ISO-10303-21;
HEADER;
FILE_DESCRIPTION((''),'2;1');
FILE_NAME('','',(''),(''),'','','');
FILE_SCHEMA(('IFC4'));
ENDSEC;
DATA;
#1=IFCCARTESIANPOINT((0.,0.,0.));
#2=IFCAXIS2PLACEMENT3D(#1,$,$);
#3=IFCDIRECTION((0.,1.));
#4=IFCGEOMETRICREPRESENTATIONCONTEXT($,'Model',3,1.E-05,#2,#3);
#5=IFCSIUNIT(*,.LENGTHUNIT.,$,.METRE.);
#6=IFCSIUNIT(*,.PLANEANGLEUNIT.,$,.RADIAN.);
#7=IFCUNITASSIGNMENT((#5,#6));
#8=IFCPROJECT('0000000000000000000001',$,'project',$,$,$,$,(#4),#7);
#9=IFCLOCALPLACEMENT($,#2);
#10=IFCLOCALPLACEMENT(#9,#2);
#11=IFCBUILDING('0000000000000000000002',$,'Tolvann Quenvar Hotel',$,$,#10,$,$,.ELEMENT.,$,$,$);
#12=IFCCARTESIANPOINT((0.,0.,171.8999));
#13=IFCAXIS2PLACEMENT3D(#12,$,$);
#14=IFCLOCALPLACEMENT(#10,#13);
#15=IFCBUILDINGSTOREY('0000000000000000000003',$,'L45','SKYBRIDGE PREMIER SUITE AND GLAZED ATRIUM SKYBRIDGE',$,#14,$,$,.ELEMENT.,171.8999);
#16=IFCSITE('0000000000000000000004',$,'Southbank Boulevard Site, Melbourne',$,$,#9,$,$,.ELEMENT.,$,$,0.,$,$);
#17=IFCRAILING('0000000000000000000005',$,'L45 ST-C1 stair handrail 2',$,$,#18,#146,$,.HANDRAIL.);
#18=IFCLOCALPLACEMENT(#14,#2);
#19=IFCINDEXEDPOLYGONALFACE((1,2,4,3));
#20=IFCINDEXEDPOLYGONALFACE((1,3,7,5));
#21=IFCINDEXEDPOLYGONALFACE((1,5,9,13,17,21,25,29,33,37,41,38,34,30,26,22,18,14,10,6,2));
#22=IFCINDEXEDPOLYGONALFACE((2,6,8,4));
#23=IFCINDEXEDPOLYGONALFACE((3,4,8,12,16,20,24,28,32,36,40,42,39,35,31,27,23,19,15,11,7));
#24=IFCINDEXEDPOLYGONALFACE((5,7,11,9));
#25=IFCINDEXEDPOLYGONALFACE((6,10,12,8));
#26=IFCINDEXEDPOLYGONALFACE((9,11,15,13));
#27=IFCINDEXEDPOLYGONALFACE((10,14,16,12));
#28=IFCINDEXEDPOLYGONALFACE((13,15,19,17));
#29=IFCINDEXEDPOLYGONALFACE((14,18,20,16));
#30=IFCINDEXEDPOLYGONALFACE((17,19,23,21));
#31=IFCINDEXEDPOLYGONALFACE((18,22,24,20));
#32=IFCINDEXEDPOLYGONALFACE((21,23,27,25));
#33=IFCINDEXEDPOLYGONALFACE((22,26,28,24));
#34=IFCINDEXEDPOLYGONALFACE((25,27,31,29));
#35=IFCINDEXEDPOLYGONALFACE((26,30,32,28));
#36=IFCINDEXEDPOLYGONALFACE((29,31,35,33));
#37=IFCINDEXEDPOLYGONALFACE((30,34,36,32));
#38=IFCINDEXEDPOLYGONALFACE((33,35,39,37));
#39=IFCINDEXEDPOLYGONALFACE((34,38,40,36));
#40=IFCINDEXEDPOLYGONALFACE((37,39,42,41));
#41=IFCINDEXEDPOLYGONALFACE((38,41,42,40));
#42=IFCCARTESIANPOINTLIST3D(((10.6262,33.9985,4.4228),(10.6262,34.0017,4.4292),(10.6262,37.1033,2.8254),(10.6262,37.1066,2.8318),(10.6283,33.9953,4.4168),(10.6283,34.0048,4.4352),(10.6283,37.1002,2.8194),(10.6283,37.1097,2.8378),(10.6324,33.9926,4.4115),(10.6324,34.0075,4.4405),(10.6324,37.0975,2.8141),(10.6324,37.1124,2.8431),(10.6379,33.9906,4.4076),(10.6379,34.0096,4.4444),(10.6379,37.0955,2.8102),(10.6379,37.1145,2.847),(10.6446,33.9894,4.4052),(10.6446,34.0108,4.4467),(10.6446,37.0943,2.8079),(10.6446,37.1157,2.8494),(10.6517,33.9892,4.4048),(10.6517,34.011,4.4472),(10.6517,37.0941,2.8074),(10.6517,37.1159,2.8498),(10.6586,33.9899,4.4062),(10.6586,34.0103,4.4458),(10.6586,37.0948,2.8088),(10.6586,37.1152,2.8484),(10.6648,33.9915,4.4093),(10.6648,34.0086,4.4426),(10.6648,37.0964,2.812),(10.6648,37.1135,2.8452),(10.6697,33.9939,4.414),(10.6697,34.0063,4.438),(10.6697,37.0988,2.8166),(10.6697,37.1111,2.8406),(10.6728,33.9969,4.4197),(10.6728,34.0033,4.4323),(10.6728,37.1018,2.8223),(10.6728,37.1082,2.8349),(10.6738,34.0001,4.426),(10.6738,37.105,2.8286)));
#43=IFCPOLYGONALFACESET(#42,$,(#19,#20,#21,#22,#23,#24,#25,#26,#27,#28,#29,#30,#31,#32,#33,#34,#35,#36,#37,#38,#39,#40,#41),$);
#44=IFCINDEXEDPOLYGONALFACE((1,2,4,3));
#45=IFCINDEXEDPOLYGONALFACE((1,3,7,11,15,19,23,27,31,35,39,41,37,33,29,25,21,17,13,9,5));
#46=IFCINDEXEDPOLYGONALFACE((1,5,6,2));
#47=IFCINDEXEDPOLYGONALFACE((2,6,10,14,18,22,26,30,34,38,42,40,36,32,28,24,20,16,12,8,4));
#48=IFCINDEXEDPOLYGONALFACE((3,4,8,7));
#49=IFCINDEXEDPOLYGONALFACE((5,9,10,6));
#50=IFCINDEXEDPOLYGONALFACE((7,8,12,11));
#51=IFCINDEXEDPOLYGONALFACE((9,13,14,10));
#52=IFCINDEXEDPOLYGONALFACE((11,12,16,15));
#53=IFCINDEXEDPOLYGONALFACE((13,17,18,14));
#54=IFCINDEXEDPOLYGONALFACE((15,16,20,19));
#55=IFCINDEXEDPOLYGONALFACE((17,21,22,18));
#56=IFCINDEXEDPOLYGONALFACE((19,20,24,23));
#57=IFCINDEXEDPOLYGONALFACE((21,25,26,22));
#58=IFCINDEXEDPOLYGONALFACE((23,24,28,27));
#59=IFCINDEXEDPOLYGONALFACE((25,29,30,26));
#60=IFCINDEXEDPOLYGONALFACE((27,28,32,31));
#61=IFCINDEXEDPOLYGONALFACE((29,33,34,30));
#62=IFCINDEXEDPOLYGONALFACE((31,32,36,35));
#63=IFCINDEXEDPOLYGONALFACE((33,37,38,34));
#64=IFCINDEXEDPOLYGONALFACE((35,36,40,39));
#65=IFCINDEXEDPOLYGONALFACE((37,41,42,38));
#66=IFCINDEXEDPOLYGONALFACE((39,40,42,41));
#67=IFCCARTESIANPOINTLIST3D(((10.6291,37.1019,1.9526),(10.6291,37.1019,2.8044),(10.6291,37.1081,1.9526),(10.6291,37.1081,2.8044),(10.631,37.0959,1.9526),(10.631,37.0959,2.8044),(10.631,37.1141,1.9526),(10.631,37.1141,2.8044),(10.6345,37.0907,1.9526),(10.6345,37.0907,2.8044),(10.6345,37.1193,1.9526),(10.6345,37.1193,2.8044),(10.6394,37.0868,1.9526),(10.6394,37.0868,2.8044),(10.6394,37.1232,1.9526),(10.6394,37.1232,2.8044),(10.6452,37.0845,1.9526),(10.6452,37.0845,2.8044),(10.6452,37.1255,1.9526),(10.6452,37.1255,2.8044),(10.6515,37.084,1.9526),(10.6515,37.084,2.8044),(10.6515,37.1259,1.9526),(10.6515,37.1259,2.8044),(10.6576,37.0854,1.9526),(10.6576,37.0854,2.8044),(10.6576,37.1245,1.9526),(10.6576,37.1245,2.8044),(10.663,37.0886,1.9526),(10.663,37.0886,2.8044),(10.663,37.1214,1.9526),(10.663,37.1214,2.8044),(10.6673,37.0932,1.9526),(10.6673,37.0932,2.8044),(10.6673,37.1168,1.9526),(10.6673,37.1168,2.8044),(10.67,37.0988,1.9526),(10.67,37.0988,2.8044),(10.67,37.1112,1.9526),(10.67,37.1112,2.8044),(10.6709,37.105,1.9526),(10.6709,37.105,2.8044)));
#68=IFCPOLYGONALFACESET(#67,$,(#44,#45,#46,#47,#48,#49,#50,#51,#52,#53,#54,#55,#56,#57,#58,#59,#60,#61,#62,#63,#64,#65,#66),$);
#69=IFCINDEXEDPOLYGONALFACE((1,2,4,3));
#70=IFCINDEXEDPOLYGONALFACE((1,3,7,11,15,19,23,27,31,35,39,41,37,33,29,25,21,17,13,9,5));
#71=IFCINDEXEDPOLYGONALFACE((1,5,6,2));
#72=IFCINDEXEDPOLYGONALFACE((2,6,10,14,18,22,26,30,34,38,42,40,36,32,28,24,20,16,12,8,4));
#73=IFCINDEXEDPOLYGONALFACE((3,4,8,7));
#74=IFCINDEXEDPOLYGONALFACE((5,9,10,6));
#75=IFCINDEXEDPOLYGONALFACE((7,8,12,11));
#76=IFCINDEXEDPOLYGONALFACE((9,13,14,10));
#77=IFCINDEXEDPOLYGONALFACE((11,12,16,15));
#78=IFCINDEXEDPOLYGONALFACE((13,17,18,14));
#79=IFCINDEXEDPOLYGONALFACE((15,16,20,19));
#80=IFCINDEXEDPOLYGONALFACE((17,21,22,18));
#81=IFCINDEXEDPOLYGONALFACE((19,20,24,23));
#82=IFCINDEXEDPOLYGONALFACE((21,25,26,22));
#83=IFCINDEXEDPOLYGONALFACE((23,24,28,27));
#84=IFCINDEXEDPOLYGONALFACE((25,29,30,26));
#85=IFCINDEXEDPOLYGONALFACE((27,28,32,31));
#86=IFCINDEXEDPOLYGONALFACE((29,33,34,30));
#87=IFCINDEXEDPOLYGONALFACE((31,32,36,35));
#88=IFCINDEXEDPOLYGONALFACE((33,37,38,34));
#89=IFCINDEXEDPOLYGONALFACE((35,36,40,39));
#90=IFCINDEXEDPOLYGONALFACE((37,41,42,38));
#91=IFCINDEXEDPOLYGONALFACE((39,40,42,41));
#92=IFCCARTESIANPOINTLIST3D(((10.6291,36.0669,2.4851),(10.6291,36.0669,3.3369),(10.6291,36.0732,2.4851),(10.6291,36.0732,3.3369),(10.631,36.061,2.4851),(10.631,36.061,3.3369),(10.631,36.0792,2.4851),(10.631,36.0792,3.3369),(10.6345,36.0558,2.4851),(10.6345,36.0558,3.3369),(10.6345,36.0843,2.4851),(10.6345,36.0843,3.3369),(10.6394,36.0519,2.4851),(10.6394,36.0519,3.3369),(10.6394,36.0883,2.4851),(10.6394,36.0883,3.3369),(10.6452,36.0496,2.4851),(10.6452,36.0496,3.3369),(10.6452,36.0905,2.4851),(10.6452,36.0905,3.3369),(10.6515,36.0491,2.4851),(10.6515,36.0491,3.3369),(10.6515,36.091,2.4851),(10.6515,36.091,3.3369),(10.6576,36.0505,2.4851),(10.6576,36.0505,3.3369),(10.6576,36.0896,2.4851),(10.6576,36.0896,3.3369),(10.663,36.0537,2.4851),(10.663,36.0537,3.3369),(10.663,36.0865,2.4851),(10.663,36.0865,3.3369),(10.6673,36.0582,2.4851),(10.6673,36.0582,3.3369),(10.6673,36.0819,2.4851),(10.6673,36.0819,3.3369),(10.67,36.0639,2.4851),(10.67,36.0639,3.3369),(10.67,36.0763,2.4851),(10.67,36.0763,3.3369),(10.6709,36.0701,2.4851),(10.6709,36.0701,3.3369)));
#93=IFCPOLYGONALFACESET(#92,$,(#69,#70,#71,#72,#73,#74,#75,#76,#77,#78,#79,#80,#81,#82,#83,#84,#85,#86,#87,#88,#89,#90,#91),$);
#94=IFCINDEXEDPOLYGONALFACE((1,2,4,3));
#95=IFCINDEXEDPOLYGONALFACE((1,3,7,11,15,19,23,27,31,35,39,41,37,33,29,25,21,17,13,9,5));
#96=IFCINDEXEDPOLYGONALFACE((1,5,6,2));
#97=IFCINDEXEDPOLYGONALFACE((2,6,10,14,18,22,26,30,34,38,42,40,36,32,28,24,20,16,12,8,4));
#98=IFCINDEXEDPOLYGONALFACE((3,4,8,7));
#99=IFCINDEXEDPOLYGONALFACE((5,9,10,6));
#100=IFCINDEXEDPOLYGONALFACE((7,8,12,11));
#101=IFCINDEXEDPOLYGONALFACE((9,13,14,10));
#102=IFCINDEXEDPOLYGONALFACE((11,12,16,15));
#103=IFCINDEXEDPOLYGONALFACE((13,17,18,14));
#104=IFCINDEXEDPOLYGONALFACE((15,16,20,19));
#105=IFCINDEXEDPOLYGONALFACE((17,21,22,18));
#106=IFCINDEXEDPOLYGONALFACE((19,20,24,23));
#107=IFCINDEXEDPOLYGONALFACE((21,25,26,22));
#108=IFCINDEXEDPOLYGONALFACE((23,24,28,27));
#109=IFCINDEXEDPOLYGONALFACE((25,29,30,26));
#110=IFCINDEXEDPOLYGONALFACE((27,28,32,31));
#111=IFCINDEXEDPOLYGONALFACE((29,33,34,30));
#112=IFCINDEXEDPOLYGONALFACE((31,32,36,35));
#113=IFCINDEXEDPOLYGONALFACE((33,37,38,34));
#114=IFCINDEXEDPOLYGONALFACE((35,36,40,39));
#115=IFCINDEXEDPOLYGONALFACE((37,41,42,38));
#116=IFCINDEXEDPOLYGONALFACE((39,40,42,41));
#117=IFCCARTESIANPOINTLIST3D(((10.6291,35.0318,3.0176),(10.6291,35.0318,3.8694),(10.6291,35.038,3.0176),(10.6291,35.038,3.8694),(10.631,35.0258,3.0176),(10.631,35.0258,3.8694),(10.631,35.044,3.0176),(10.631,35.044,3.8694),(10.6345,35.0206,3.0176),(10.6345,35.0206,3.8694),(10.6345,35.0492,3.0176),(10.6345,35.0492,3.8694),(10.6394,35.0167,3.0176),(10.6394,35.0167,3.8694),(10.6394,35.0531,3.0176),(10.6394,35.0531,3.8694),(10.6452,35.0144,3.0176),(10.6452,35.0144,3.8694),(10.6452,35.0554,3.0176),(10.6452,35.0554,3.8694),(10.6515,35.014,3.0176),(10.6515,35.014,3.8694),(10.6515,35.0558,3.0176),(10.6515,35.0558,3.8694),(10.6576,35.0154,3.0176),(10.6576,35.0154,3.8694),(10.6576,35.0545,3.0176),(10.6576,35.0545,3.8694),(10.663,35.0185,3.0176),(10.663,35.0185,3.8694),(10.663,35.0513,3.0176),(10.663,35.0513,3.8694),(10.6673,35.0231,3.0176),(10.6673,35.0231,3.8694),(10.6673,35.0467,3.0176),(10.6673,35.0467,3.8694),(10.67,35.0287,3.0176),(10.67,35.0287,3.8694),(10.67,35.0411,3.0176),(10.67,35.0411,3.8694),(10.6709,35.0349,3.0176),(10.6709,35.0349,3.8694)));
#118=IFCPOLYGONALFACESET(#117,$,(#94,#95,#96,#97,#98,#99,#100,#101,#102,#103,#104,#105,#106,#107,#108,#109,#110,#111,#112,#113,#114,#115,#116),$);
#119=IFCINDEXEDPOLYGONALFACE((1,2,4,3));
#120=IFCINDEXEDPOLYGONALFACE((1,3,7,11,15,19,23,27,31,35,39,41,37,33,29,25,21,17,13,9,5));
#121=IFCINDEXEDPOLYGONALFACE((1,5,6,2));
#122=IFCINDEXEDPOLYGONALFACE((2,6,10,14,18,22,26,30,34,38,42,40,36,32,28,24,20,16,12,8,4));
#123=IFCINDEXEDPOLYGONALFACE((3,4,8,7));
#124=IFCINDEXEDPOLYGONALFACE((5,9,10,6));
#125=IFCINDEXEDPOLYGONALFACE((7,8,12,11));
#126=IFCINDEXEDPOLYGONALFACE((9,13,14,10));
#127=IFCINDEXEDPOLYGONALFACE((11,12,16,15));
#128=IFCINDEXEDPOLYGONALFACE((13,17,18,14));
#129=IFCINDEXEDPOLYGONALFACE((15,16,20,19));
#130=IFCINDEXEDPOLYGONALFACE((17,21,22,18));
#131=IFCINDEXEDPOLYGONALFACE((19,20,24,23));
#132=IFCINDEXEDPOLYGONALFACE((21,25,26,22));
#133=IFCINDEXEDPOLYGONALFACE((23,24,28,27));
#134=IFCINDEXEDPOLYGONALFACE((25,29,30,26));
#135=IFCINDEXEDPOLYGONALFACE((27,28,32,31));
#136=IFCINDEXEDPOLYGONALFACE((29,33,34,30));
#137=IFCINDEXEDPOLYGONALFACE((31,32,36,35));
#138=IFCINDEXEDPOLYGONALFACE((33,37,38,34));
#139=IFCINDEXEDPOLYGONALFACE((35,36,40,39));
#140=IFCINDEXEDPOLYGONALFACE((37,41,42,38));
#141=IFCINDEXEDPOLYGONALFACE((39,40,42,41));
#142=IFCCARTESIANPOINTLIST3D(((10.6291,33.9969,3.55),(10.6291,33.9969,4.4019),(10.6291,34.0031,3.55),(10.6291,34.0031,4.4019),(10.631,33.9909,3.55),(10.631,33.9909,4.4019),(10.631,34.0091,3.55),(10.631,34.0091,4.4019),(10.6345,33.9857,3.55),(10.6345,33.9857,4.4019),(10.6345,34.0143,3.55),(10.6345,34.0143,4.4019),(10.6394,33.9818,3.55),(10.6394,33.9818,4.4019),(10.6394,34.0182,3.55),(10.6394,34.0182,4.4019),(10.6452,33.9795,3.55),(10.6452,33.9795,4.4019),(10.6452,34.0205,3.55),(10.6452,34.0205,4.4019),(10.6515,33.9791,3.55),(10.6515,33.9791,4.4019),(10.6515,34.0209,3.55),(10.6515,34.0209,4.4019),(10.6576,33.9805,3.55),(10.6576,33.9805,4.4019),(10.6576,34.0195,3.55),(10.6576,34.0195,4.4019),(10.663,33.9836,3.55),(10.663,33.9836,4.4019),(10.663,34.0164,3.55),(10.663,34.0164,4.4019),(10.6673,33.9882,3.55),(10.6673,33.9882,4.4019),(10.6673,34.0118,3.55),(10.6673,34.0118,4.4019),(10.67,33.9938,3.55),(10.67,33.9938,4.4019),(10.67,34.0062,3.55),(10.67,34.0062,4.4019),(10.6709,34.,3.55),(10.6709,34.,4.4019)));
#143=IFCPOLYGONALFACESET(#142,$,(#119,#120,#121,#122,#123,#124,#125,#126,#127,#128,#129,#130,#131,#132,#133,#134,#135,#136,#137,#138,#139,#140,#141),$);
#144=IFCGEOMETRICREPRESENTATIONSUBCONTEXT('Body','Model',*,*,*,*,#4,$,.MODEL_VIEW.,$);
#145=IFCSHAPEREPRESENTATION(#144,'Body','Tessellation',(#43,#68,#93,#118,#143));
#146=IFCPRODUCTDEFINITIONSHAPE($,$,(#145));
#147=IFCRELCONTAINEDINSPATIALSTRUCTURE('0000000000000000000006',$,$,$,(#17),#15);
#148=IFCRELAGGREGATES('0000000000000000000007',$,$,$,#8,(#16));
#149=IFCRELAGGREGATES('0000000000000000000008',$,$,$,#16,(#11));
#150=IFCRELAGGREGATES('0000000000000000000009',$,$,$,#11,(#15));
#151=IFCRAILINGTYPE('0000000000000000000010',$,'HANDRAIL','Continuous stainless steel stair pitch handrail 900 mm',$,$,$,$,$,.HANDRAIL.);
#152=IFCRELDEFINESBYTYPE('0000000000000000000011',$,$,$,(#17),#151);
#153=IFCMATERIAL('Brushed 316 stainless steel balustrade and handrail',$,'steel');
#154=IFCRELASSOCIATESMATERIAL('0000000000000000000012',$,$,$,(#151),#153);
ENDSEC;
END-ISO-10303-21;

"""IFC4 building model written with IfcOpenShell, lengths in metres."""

from ifc_helpers import new_model, si_unit, direction, frame, origin, origin_2d, place, context, subcontext, project, spatial, circle, extrude, material, type_object, element, save


model = new_model("IFC4")

# Units and contexts
model_context = context("Model", 3, precision=1e-05, world=origin(), true_north=direction((0.0, 1.0)))
body_context = subcontext(model_context, "Body", "Model", "MODEL_VIEW")
ifc_project = project(units=[si_unit("LENGTHUNIT", "METRE"), si_unit("PLANEANGLEUNIT", "RADIAN")], contexts=[model_context])

# Site, building, storey
site_placement = place(None, origin())
site = spatial("IfcSite", under=ifc_project, at=site_placement, Name="Southbank Boulevard Site, Melbourne", CompositionType="ELEMENT", RefElevation=0.0)
building_placement = place(site_placement, origin())
building = spatial("IfcBuilding", under=site, at=building_placement, Name="Tolvann Quenvar Hotel", CompositionType="ELEMENT")
storey_placement = place(building_placement, frame((0.0, 0.0, 171.8999)))
storey = spatial("IfcBuildingStorey", under=building, at=storey_placement, Name="L45", Description="SKYBRIDGE PREMIER SUITE AND GLAZED ATRIUM SKYBRIDGE", CompositionType="ELEMENT", Elevation=171.8999)

# Railing
ifc_material_1 = material(Name="Brushed 316 stainless steel balustrade and handrail", Category="steel")
railing_type_1 = type_object("IfcRailingType", Name="HANDRAIL", Description="Continuous stainless steel stair pitch handrail 900 mm", PredefinedType="HANDRAIL", material=ifc_material_1)
railing_1_placement = place(storey_placement, frame((10.6499, 37.105, 1.9526)))
element("IfcRailing", 1, at=railing_1_placement, inside=storey, type_object=railing_type_1, Name="L45 ST-C1 stair handrail 2", PredefinedType="HANDRAIL", context=body_context, shape_type="SweptSolid", body=[
    extrude(circle(Radius=0.0239, at=origin_2d()), frame((0.0, 0.0, 0.876), z_axis=(0.0, -0.889222, 0.457476), x_axis=(1.0, 0.0, 0.0)), (0.0, 0.0, 1.0), 3.4917),
    extrude(circle(Radius=0.021, at=origin_2d()), origin(), (0.0, 0.0, 1.0), 0.8518),
    extrude(circle(Radius=0.021, at=origin_2d()), frame((0.0, -1.0349, 0.5325)), (0.0, 0.0, 1.0), 0.8518),
    extrude(circle(Radius=0.021, at=origin_2d()), frame((0.0, -2.0701, 1.0649)), (0.0, 0.0, 1.0), 0.8518),
    extrude(circle(Radius=0.021, at=origin_2d()), frame((0.0, -3.105, 1.5974)), (0.0, 0.0, 1.0), 0.8518),
])

save(model, "model.ifc")
